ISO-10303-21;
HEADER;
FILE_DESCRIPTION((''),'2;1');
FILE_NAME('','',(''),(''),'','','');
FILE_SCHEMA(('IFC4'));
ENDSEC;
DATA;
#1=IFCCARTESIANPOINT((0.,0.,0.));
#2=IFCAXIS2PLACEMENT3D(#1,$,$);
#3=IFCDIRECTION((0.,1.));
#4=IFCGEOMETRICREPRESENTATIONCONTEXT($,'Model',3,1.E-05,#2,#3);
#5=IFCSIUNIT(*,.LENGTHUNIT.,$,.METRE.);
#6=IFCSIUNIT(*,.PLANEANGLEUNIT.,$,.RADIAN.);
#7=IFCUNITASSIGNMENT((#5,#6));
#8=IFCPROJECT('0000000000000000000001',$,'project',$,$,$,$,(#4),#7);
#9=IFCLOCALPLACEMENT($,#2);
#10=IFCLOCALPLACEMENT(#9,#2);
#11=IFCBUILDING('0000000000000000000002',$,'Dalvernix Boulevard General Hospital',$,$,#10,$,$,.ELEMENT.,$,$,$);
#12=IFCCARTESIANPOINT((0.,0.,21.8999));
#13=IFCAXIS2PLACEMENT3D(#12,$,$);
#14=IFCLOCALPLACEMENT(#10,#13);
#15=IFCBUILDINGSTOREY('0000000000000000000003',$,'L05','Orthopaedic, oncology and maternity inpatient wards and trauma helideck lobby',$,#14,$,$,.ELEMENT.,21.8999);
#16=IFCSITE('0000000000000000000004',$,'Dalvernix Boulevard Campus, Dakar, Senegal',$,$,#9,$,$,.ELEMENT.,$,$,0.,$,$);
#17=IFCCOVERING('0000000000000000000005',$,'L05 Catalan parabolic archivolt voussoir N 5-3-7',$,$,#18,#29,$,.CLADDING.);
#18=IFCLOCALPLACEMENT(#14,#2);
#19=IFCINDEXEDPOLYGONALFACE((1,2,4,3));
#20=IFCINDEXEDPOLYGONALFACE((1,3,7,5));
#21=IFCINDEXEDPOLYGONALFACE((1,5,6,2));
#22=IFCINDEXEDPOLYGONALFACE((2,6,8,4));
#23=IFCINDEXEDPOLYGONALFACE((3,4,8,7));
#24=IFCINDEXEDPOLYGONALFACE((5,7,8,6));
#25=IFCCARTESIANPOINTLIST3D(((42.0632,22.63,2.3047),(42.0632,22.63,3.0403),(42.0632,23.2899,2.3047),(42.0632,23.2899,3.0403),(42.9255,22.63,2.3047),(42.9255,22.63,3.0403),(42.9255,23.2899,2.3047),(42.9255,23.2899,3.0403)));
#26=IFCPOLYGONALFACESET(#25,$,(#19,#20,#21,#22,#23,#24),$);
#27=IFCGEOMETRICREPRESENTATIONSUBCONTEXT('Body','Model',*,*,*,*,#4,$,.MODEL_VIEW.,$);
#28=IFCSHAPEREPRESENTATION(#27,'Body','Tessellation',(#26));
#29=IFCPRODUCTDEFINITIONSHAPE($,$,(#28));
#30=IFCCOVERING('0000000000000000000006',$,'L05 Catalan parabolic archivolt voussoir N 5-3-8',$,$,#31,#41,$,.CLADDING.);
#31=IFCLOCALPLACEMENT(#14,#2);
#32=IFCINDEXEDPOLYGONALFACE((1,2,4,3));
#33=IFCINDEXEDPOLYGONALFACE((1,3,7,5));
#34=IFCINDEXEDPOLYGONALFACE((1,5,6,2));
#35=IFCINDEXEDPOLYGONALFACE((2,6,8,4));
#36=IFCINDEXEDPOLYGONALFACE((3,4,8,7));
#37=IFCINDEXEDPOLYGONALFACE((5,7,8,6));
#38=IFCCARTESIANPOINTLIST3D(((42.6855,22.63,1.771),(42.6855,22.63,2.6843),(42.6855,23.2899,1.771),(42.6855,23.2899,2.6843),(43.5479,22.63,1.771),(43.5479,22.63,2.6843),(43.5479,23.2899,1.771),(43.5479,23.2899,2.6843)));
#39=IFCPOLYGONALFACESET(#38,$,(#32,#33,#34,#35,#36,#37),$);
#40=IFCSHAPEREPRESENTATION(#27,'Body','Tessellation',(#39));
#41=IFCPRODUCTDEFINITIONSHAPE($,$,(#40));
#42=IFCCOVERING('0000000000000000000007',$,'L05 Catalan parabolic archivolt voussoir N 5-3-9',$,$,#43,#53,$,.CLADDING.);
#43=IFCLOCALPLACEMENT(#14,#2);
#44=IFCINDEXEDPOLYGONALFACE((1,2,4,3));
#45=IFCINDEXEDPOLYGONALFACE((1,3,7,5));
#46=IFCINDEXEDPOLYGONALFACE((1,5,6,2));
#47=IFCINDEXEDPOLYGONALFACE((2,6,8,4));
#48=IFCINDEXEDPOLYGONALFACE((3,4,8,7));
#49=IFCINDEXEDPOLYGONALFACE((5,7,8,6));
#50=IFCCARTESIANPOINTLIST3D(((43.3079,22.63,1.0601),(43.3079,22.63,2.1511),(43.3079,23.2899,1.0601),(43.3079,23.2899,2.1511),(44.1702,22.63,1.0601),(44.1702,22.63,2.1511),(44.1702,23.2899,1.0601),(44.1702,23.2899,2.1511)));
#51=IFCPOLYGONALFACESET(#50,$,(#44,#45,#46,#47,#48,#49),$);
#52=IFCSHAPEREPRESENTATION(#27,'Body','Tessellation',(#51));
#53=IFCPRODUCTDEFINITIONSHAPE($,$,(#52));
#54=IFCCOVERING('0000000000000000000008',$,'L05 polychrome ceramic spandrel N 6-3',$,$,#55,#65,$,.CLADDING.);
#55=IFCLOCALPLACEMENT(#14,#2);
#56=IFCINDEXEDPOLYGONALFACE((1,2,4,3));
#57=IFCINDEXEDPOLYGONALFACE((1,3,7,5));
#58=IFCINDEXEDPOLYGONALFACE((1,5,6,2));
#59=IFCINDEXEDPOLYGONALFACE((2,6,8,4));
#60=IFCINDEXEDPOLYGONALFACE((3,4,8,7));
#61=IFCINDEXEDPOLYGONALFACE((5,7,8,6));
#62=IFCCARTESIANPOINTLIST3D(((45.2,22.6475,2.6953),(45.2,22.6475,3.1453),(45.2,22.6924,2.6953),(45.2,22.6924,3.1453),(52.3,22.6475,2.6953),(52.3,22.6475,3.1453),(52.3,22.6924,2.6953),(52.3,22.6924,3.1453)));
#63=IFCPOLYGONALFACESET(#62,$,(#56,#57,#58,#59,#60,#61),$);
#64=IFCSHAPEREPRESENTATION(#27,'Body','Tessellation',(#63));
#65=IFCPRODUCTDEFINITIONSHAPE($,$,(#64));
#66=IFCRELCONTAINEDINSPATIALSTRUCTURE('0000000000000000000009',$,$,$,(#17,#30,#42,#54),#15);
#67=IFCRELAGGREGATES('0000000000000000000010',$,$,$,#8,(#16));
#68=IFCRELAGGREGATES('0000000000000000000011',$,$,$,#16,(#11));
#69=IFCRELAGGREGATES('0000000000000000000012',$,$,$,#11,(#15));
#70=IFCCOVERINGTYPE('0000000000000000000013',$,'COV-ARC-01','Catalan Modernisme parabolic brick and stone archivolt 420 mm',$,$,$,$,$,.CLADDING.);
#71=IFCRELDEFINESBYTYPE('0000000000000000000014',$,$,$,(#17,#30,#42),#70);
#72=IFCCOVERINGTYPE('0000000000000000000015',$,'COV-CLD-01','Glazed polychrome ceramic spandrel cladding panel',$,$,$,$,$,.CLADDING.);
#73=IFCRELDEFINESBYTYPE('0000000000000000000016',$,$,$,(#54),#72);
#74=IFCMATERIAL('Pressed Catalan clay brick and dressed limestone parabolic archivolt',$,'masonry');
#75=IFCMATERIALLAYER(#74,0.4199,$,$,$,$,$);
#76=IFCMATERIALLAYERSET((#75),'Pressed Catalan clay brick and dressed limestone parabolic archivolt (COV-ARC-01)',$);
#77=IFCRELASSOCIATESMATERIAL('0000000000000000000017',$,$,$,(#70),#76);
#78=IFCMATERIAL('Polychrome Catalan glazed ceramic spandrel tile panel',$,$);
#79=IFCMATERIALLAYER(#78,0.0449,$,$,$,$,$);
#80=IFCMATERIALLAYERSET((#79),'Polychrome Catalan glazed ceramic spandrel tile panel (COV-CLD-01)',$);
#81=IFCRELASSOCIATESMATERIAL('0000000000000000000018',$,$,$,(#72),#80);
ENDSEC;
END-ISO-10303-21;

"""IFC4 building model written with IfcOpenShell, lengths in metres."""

from ifc_helpers import new_model, si_unit, direction, frame, origin, origin_2d, place, context, subcontext, project, spatial, rectangle, extrude, material, layer, layer_set, type_object, element, save


model = new_model("IFC4")

# Units and contexts
model_context = context("Model", 3, precision=1e-05, world=origin(), true_north=direction((0.0, 1.0)))
body_context = subcontext(model_context, "Body", "Model", "MODEL_VIEW")
ifc_project = project(units=[si_unit("LENGTHUNIT", "METRE"), si_unit("PLANEANGLEUNIT", "RADIAN")], contexts=[model_context])

# Site, building, storey
site_placement = place(None, origin())
site = spatial("IfcSite", under=ifc_project, at=site_placement, Name="Dalvernix Boulevard Campus, Dakar, Senegal", CompositionType="ELEMENT", RefElevation=0.0)
building_placement = place(site_placement, origin())
building = spatial("IfcBuilding", under=site, at=building_placement, Name="Dalvernix Boulevard General Hospital", CompositionType="ELEMENT")
storey_placement = place(building_placement, frame((0.0, 0.0, 21.8999)))
storey = spatial("IfcBuildingStorey", under=building, at=storey_placement, Name="L05", Description="Orthopaedic, oncology and maternity inpatient wards and trauma helideck lobby", CompositionType="ELEMENT", Elevation=21.8999)

# Coverings
ifc_material_1 = material(Name="Pressed Catalan clay brick and dressed limestone parabolic archivolt", Category="masonry")
ifc_layer_1 = layer(ifc_material_1, 0.4199)
ifc_layer_set_1 = layer_set([ifc_layer_1], Name="Pressed Catalan clay brick and dressed limestone parabolic archivolt (COV-ARC-01)")
covering_type_1 = type_object("IfcCoveringType", Name="COV-ARC-01", Description="Catalan Modernisme parabolic brick and stone archivolt 420 mm", PredefinedType="CLADDING", material=ifc_layer_set_1)
covering_1_placement = place(storey_placement, frame((42.4944, 22.96, 2.3047), z_axis=(0.0, 0.0, 1.0), x_axis=(1.0, 0.0, 0.0)))
element("IfcCovering", 1, at=covering_1_placement, inside=storey, type_object=covering_type_1, Name="L05 Catalan parabolic archivolt voussoir N 5-3-7", PredefinedType="CLADDING", context=body_context, shape_type="SweptSolid", body=[
    extrude(rectangle(XDim=0.8623, YDim=0.6599, at=origin_2d()), origin(), (0.0, 0.0, 1.0), 0.7356),
])
covering_2_placement = place(storey_placement, frame((43.1167, 22.96, 1.771), z_axis=(0.0, 0.0, 1.0), x_axis=(1.0, 0.0, 0.0)))
element("IfcCovering", 2, at=covering_2_placement, inside=storey, type_object=covering_type_1, Name="L05 Catalan parabolic archivolt voussoir N 5-3-8", PredefinedType="CLADDING", context=body_context, shape_type="SweptSolid", body=[
    extrude(rectangle(XDim=0.8623, YDim=0.6599, at=origin_2d()), origin(), (0.0, 0.0, 1.0), 0.9133),
])
covering_3_placement = place(storey_placement, frame((43.739, 22.96, 1.0601), z_axis=(0.0, 0.0, 1.0), x_axis=(1.0, 0.0, 0.0)))
element("IfcCovering", 3, at=covering_3_placement, inside=storey, type_object=covering_type_1, Name="L05 Catalan parabolic archivolt voussoir N 5-3-9", PredefinedType="CLADDING", context=body_context, shape_type="SweptSolid", body=[
    extrude(rectangle(XDim=0.8623, YDim=0.6599, at=origin_2d()), origin(), (0.0, 0.0, 1.0), 1.0911),
])
ifc_material_2 = material(Name="Polychrome Catalan glazed ceramic spandrel tile panel")
ifc_layer_2 = layer(ifc_material_2, 0.0449)
ifc_layer_set_2 = layer_set([ifc_layer_2], Name="Polychrome Catalan glazed ceramic spandrel tile panel (COV-CLD-01)")
covering_type_2 = type_object("IfcCoveringType", Name="COV-CLD-01", Description="Glazed polychrome ceramic spandrel cladding panel", PredefinedType="CLADDING", material=ifc_layer_set_2)
covering_4_placement = place(storey_placement, frame((48.75, 22.6699, 2.6953), z_axis=(0.0, 0.0, 1.0), x_axis=(1.0, 0.0, 0.0)))
element("IfcCovering", 4, at=covering_4_placement, inside=storey, type_object=covering_type_2, Name="L05 polychrome ceramic spandrel N 6-3", PredefinedType="CLADDING", context=body_context, shape_type="SweptSolid", body=[
    extrude(rectangle(XDim=7.1001, YDim=0.0449, at=origin_2d()), origin(), (0.0, 0.0, 1.0), 0.45),
])

save(model, "model.ifc")
